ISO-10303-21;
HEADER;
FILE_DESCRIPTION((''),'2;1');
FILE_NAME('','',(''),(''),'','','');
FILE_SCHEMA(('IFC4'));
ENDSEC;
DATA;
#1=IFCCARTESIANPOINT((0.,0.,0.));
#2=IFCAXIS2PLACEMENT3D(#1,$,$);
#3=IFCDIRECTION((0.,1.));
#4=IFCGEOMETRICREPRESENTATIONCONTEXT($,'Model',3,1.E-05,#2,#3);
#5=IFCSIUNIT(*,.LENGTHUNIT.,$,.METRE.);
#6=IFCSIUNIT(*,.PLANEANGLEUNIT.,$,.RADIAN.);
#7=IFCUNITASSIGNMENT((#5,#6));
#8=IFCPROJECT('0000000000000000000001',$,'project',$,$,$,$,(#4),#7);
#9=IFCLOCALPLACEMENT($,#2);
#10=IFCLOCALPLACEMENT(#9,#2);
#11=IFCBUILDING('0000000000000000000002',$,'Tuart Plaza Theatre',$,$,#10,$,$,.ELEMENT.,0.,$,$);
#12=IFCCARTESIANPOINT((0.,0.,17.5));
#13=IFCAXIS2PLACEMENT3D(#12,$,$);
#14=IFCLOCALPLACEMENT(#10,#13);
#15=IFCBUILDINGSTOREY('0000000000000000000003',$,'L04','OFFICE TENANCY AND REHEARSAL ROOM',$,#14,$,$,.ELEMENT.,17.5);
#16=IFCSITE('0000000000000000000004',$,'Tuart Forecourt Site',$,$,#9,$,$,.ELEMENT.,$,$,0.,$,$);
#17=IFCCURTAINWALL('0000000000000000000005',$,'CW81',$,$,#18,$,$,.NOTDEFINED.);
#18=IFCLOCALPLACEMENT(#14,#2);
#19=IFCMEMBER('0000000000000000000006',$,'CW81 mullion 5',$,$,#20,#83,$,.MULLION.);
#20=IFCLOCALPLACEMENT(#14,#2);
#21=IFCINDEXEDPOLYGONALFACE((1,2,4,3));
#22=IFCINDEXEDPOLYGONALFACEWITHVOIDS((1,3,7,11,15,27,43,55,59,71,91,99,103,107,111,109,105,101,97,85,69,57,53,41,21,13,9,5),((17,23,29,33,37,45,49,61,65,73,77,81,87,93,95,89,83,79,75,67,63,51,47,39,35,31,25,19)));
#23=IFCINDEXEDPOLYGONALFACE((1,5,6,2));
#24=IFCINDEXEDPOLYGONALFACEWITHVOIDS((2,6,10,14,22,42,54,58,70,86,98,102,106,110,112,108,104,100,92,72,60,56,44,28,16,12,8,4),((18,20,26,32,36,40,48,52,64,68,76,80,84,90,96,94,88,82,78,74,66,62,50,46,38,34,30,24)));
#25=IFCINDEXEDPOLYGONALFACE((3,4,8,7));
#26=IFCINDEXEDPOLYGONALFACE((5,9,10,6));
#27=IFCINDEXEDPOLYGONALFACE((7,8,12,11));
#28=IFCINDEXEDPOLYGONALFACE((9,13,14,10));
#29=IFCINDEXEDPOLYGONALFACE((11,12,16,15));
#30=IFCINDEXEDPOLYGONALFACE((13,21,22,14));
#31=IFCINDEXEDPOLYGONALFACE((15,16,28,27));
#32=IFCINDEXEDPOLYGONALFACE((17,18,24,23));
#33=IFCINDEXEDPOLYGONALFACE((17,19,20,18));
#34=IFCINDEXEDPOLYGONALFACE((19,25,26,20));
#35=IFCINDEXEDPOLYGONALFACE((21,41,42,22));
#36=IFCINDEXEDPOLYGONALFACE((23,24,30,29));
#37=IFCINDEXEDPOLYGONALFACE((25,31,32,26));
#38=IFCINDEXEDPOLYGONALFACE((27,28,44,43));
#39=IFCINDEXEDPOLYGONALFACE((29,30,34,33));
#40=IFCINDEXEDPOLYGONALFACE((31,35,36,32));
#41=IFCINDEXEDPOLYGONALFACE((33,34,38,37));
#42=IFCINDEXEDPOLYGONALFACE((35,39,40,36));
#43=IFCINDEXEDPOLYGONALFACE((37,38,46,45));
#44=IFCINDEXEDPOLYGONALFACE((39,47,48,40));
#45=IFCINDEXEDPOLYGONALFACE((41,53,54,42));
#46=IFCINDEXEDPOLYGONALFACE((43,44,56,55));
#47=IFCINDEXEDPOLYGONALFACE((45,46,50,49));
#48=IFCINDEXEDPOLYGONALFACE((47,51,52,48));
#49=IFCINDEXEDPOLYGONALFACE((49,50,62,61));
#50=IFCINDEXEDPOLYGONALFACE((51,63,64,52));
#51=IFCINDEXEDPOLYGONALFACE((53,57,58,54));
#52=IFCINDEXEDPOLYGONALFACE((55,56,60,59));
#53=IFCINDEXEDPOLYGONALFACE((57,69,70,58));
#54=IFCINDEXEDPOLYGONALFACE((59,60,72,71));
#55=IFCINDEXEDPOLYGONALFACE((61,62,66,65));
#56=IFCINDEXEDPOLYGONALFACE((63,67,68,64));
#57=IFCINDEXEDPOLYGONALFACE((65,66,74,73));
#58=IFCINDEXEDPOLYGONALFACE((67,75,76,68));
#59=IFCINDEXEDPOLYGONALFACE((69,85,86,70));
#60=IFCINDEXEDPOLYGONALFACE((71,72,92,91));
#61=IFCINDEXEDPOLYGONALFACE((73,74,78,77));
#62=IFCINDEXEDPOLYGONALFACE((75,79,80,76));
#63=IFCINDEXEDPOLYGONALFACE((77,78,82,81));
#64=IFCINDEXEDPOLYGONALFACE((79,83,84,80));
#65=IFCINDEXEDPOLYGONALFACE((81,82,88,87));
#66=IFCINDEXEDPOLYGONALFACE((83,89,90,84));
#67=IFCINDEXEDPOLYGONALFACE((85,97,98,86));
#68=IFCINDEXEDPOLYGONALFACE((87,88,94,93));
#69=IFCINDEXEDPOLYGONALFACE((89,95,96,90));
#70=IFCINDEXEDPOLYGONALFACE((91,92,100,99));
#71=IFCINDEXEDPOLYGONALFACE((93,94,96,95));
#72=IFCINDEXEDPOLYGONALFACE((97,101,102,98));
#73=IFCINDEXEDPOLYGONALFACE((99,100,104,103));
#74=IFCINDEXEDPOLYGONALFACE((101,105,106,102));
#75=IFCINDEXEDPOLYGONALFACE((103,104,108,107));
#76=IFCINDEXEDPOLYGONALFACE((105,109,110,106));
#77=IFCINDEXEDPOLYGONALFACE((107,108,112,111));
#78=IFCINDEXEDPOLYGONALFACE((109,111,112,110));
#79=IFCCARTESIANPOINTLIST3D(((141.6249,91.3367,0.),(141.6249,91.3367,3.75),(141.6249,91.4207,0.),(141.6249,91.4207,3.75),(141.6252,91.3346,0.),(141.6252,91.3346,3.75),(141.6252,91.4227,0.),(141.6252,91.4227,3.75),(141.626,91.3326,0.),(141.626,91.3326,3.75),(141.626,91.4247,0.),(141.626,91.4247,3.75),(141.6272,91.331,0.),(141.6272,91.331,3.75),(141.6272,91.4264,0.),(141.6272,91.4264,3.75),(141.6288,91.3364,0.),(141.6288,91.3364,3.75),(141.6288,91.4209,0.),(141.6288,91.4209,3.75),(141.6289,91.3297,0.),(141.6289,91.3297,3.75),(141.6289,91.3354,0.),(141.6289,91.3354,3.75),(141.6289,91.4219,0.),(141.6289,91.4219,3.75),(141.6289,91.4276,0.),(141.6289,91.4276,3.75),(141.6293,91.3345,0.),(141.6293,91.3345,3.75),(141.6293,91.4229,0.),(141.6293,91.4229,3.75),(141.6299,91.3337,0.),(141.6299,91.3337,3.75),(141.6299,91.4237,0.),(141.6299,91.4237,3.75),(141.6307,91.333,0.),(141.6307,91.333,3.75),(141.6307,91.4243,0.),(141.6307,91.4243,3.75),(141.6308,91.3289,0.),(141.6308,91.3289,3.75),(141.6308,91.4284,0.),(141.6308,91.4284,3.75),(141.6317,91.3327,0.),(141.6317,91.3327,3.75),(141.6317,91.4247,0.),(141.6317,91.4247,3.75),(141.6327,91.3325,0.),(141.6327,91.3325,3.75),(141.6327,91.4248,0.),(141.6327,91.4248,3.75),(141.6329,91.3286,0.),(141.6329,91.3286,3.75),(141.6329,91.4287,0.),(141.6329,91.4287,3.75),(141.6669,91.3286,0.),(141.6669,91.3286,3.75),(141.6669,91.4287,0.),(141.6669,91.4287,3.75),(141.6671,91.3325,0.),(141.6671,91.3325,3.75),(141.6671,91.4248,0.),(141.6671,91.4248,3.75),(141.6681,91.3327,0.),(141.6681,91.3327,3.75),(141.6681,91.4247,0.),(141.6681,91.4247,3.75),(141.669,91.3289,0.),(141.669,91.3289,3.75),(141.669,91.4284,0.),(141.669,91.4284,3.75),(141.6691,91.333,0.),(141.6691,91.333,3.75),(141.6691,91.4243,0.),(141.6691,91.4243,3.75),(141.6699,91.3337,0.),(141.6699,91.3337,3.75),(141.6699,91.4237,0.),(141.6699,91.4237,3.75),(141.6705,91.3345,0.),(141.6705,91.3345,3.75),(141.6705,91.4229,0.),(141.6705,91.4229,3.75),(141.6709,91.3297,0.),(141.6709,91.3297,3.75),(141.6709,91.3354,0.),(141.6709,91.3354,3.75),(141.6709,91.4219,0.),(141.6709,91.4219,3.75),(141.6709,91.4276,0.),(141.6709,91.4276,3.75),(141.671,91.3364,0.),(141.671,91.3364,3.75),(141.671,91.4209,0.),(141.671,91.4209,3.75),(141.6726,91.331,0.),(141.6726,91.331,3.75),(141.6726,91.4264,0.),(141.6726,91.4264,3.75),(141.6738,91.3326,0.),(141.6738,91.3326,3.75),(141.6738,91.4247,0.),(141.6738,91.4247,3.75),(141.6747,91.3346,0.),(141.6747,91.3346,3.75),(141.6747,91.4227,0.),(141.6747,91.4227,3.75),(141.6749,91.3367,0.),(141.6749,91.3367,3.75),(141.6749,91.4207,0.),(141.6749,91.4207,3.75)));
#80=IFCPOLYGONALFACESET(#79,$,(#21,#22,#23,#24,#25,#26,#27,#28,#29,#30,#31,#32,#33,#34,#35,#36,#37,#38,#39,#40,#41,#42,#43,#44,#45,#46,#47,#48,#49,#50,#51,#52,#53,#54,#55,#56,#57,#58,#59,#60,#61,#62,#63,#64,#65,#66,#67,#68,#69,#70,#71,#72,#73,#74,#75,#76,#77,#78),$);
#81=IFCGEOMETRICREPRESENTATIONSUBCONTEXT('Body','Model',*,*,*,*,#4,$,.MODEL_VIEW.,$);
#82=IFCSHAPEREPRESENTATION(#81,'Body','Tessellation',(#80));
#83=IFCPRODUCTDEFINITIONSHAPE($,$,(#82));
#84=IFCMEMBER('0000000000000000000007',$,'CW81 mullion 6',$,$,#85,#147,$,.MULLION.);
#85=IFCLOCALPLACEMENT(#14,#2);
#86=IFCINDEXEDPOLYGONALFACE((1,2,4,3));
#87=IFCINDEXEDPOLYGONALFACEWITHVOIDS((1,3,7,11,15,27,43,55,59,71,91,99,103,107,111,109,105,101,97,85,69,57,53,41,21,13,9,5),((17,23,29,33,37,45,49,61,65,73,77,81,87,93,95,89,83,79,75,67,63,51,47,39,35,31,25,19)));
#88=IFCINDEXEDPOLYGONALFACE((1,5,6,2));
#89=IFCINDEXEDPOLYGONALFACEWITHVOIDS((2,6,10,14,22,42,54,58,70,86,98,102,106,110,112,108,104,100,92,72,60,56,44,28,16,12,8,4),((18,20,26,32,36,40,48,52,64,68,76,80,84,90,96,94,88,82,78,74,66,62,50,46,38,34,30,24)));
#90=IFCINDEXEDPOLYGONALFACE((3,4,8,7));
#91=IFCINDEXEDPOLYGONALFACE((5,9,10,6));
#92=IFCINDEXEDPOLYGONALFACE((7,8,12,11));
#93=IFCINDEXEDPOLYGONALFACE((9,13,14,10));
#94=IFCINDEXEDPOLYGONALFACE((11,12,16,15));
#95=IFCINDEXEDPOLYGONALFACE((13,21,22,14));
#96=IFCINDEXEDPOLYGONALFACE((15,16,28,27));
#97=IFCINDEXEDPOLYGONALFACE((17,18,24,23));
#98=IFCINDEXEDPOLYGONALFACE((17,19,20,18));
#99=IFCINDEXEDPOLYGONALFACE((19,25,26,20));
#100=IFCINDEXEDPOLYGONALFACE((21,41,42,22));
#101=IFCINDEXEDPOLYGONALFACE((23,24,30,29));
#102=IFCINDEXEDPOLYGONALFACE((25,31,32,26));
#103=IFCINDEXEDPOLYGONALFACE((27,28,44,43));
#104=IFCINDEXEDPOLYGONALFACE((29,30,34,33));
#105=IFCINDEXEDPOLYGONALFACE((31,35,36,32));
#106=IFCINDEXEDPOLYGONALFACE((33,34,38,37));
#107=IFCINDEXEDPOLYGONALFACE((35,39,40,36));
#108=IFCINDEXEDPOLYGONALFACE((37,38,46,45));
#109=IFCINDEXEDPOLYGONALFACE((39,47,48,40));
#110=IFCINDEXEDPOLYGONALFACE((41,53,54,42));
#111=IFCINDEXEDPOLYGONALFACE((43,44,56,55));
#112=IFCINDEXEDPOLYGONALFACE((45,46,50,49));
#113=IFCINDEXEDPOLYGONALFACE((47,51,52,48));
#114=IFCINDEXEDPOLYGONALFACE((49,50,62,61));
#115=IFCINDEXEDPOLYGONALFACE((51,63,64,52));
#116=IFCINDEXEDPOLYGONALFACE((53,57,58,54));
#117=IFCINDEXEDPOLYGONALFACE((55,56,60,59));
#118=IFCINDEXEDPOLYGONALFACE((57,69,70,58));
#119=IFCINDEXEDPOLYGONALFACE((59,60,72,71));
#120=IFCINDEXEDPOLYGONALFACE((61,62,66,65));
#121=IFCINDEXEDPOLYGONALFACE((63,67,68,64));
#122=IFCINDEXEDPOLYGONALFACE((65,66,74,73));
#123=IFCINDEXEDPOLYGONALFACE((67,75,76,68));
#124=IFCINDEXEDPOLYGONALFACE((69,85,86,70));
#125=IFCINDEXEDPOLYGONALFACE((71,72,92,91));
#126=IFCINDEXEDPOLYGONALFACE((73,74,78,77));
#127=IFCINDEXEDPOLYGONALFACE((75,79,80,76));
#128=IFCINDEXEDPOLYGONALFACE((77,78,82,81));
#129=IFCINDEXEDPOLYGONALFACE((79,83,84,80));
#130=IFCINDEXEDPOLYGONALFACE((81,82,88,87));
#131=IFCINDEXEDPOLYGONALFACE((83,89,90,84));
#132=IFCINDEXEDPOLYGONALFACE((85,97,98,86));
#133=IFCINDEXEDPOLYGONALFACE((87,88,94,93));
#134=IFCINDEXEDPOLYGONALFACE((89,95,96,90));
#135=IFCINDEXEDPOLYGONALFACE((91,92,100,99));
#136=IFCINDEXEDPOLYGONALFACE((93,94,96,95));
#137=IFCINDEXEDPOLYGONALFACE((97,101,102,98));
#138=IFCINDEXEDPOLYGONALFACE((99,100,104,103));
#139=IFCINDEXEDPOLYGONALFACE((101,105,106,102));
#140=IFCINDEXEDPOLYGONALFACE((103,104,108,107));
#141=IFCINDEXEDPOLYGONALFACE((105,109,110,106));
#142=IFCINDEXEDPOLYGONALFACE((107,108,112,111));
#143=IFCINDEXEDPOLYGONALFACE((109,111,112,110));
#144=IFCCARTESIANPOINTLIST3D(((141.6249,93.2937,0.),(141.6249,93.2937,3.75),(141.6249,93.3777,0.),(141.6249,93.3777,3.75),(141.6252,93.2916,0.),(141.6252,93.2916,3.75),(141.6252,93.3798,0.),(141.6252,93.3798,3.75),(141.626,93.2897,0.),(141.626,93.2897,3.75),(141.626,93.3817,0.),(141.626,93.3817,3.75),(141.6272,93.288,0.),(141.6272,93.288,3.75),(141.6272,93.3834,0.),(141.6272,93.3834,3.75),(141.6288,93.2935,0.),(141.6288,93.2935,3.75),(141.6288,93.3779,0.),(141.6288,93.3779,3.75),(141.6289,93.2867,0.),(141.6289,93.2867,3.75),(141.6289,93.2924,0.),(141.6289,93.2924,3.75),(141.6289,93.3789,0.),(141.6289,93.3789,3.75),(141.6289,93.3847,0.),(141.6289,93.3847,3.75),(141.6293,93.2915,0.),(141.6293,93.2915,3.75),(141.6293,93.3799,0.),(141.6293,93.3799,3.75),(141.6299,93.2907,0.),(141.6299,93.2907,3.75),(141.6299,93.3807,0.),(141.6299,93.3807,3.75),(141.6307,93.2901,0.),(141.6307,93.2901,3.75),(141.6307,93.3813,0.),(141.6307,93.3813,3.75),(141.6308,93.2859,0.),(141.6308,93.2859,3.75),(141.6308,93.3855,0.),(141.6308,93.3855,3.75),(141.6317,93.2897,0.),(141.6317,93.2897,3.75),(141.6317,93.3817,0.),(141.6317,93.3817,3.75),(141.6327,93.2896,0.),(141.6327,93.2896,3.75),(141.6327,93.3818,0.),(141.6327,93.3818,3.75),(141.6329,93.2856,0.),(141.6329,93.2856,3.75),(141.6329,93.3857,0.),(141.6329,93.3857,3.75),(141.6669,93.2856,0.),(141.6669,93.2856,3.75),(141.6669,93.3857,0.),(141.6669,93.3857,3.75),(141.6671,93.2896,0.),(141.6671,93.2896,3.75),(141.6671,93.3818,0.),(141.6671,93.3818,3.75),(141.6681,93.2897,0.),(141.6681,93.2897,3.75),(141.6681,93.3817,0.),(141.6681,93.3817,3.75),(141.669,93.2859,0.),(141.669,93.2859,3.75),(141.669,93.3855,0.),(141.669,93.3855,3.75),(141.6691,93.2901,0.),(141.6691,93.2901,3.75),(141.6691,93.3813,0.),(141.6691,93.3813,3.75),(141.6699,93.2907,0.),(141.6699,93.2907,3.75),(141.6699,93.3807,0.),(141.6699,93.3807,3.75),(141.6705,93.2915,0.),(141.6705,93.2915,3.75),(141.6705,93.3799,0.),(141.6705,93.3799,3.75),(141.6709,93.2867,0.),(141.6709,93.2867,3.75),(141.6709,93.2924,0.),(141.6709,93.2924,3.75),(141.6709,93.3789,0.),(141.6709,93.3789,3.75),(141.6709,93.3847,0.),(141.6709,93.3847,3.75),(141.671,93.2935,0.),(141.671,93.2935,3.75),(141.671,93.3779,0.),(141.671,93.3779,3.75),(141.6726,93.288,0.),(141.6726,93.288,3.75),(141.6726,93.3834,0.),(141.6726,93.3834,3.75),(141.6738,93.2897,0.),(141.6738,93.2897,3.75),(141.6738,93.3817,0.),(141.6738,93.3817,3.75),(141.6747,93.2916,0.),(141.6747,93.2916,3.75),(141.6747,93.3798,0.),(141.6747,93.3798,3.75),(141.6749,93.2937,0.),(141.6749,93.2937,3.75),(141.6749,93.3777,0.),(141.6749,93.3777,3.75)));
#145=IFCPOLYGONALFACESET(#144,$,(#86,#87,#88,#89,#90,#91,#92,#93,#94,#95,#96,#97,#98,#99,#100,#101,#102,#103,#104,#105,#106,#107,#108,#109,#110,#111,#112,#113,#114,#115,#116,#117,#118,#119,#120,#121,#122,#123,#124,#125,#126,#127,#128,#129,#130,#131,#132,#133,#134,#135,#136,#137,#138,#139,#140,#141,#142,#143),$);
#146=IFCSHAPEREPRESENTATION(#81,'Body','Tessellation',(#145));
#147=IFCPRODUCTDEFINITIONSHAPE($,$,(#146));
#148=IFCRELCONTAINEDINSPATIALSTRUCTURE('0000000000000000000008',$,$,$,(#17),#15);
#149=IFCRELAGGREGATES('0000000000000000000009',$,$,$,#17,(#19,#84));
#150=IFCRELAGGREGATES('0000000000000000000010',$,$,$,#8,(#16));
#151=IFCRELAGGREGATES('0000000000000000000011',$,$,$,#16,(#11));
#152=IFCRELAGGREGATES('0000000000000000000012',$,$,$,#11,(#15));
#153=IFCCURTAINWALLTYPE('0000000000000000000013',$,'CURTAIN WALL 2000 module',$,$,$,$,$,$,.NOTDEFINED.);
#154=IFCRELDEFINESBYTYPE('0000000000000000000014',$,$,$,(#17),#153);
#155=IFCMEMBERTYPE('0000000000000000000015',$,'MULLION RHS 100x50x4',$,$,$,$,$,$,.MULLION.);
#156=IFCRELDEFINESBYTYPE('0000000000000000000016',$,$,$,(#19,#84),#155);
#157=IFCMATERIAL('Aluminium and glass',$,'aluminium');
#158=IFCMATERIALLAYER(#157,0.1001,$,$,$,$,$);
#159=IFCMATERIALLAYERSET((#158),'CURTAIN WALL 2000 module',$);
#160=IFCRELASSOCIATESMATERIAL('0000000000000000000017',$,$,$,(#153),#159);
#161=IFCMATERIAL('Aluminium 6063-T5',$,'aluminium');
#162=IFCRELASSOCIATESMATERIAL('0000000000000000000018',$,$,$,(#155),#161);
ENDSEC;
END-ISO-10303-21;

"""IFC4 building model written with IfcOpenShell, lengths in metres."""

from ifc_helpers import new_model, si_unit, direction, frame, origin, origin_2d, place, context, subcontext, project, spatial, hollow_rectangle, extrude, material, layer, layer_set, material_profile, profile_set, type_object, element, aggregate, save


model = new_model("IFC4")

# Units and contexts
model_context = context("Model", 3, precision=1e-05, world=origin(), true_north=direction((0.0, 1.0)))
body_context = subcontext(model_context, "Body", "Model", "MODEL_VIEW")
ifc_project = project(units=[si_unit("LENGTHUNIT", "METRE"), si_unit("PLANEANGLEUNIT", "RADIAN")], contexts=[model_context])

# Site, building, storey
site_placement = place(None, origin())
site = spatial("IfcSite", under=ifc_project, at=site_placement, Name="Tuart Forecourt Site", CompositionType="ELEMENT", RefElevation=0.0)
building_placement = place(site_placement, origin())
building = spatial("IfcBuilding", under=site, at=building_placement, Name="Tuart Plaza Theatre", CompositionType="ELEMENT", ElevationOfRefHeight=0.0)
storey_placement = place(building_placement, frame((0.0, 0.0, 17.5)))
storey = spatial("IfcBuildingStorey", under=building, at=storey_placement, Name="L04", Description="OFFICE TENANCY AND REHEARSAL ROOM", CompositionType="ELEMENT", Elevation=17.5)

# Curtain wall, members
ifc_material_1 = material(Name="Aluminium and glass", Category="aluminium")
ifc_layer_1 = layer(ifc_material_1, 0.1001)
ifc_layer_set_1 = layer_set([ifc_layer_1], Name="CURTAIN WALL 2000 module")
curtain_wall_type = type_object("IfcCurtainWallType", Name="CURTAIN WALL 2000 module", PredefinedType="NOTDEFINED", material=ifc_layer_set_1)
curtain_wall_placement = place(storey_placement, origin())
curtain_wall = element("IfcCurtainWall", 1, at=curtain_wall_placement, inside=storey, type_object=curtain_wall_type, Name="CW81", PredefinedType="NOTDEFINED")
ifc_material_2 = material(Name="Aluminium 6063-T5", Category="aluminium")
ifc_material_profile_1 = material_profile(ifc_material_2, hollow_rectangle(XDim=0.05, YDim=0.1001, WallThickness=0.0039, InnerFilletRadius=0.0039, OuterFilletRadius=0.0081, at=origin_2d()), Name="RHS 100x50x4")
ifc_profile_set_1 = profile_set([ifc_material_profile_1], Name="Aluminium 6063-T5")
member_type_1 = type_object("IfcMemberType", Name="MULLION RHS 100x50x4", PredefinedType="MULLION", material=ifc_profile_set_1)
member_1_placement = place(storey_placement, frame((141.6499, 91.3787, 0.0), z_axis=(0.0, 0.0, 1.0), x_axis=(-1.0, 0.0, 0.0)))
member_1 = element("IfcMember", 2, at=member_1_placement, type_object=member_type_1, Name="CW81 mullion 5", PredefinedType="MULLION", context=body_context, shape_type="SweptSolid", body=[
    extrude(hollow_rectangle(XDim=0.05, YDim=0.1001, WallThickness=0.0039, InnerFilletRadius=0.0039, OuterFilletRadius=0.0081, at=origin_2d()), origin(), (0.0, 0.0, 1.0), 3.75),
])
member_2_placement = place(storey_placement, frame((141.6499, 93.3357, 0.0), z_axis=(0.0, 0.0, 1.0), x_axis=(-1.0, 0.0, 0.0)))
member_2 = element("IfcMember", 3, at=member_2_placement, type_object=member_type_1, Name="CW81 mullion 6", PredefinedType="MULLION", context=body_context, shape_type="SweptSolid", body=[
    extrude(hollow_rectangle(XDim=0.05, YDim=0.1001, WallThickness=0.0039, InnerFilletRadius=0.0039, OuterFilletRadius=0.0081, at=origin_2d()), origin(), (0.0, 0.0, 1.0), 3.75),
])
aggregate(curtain_wall, [member_1, member_2])

save(model, "model.ifc")
